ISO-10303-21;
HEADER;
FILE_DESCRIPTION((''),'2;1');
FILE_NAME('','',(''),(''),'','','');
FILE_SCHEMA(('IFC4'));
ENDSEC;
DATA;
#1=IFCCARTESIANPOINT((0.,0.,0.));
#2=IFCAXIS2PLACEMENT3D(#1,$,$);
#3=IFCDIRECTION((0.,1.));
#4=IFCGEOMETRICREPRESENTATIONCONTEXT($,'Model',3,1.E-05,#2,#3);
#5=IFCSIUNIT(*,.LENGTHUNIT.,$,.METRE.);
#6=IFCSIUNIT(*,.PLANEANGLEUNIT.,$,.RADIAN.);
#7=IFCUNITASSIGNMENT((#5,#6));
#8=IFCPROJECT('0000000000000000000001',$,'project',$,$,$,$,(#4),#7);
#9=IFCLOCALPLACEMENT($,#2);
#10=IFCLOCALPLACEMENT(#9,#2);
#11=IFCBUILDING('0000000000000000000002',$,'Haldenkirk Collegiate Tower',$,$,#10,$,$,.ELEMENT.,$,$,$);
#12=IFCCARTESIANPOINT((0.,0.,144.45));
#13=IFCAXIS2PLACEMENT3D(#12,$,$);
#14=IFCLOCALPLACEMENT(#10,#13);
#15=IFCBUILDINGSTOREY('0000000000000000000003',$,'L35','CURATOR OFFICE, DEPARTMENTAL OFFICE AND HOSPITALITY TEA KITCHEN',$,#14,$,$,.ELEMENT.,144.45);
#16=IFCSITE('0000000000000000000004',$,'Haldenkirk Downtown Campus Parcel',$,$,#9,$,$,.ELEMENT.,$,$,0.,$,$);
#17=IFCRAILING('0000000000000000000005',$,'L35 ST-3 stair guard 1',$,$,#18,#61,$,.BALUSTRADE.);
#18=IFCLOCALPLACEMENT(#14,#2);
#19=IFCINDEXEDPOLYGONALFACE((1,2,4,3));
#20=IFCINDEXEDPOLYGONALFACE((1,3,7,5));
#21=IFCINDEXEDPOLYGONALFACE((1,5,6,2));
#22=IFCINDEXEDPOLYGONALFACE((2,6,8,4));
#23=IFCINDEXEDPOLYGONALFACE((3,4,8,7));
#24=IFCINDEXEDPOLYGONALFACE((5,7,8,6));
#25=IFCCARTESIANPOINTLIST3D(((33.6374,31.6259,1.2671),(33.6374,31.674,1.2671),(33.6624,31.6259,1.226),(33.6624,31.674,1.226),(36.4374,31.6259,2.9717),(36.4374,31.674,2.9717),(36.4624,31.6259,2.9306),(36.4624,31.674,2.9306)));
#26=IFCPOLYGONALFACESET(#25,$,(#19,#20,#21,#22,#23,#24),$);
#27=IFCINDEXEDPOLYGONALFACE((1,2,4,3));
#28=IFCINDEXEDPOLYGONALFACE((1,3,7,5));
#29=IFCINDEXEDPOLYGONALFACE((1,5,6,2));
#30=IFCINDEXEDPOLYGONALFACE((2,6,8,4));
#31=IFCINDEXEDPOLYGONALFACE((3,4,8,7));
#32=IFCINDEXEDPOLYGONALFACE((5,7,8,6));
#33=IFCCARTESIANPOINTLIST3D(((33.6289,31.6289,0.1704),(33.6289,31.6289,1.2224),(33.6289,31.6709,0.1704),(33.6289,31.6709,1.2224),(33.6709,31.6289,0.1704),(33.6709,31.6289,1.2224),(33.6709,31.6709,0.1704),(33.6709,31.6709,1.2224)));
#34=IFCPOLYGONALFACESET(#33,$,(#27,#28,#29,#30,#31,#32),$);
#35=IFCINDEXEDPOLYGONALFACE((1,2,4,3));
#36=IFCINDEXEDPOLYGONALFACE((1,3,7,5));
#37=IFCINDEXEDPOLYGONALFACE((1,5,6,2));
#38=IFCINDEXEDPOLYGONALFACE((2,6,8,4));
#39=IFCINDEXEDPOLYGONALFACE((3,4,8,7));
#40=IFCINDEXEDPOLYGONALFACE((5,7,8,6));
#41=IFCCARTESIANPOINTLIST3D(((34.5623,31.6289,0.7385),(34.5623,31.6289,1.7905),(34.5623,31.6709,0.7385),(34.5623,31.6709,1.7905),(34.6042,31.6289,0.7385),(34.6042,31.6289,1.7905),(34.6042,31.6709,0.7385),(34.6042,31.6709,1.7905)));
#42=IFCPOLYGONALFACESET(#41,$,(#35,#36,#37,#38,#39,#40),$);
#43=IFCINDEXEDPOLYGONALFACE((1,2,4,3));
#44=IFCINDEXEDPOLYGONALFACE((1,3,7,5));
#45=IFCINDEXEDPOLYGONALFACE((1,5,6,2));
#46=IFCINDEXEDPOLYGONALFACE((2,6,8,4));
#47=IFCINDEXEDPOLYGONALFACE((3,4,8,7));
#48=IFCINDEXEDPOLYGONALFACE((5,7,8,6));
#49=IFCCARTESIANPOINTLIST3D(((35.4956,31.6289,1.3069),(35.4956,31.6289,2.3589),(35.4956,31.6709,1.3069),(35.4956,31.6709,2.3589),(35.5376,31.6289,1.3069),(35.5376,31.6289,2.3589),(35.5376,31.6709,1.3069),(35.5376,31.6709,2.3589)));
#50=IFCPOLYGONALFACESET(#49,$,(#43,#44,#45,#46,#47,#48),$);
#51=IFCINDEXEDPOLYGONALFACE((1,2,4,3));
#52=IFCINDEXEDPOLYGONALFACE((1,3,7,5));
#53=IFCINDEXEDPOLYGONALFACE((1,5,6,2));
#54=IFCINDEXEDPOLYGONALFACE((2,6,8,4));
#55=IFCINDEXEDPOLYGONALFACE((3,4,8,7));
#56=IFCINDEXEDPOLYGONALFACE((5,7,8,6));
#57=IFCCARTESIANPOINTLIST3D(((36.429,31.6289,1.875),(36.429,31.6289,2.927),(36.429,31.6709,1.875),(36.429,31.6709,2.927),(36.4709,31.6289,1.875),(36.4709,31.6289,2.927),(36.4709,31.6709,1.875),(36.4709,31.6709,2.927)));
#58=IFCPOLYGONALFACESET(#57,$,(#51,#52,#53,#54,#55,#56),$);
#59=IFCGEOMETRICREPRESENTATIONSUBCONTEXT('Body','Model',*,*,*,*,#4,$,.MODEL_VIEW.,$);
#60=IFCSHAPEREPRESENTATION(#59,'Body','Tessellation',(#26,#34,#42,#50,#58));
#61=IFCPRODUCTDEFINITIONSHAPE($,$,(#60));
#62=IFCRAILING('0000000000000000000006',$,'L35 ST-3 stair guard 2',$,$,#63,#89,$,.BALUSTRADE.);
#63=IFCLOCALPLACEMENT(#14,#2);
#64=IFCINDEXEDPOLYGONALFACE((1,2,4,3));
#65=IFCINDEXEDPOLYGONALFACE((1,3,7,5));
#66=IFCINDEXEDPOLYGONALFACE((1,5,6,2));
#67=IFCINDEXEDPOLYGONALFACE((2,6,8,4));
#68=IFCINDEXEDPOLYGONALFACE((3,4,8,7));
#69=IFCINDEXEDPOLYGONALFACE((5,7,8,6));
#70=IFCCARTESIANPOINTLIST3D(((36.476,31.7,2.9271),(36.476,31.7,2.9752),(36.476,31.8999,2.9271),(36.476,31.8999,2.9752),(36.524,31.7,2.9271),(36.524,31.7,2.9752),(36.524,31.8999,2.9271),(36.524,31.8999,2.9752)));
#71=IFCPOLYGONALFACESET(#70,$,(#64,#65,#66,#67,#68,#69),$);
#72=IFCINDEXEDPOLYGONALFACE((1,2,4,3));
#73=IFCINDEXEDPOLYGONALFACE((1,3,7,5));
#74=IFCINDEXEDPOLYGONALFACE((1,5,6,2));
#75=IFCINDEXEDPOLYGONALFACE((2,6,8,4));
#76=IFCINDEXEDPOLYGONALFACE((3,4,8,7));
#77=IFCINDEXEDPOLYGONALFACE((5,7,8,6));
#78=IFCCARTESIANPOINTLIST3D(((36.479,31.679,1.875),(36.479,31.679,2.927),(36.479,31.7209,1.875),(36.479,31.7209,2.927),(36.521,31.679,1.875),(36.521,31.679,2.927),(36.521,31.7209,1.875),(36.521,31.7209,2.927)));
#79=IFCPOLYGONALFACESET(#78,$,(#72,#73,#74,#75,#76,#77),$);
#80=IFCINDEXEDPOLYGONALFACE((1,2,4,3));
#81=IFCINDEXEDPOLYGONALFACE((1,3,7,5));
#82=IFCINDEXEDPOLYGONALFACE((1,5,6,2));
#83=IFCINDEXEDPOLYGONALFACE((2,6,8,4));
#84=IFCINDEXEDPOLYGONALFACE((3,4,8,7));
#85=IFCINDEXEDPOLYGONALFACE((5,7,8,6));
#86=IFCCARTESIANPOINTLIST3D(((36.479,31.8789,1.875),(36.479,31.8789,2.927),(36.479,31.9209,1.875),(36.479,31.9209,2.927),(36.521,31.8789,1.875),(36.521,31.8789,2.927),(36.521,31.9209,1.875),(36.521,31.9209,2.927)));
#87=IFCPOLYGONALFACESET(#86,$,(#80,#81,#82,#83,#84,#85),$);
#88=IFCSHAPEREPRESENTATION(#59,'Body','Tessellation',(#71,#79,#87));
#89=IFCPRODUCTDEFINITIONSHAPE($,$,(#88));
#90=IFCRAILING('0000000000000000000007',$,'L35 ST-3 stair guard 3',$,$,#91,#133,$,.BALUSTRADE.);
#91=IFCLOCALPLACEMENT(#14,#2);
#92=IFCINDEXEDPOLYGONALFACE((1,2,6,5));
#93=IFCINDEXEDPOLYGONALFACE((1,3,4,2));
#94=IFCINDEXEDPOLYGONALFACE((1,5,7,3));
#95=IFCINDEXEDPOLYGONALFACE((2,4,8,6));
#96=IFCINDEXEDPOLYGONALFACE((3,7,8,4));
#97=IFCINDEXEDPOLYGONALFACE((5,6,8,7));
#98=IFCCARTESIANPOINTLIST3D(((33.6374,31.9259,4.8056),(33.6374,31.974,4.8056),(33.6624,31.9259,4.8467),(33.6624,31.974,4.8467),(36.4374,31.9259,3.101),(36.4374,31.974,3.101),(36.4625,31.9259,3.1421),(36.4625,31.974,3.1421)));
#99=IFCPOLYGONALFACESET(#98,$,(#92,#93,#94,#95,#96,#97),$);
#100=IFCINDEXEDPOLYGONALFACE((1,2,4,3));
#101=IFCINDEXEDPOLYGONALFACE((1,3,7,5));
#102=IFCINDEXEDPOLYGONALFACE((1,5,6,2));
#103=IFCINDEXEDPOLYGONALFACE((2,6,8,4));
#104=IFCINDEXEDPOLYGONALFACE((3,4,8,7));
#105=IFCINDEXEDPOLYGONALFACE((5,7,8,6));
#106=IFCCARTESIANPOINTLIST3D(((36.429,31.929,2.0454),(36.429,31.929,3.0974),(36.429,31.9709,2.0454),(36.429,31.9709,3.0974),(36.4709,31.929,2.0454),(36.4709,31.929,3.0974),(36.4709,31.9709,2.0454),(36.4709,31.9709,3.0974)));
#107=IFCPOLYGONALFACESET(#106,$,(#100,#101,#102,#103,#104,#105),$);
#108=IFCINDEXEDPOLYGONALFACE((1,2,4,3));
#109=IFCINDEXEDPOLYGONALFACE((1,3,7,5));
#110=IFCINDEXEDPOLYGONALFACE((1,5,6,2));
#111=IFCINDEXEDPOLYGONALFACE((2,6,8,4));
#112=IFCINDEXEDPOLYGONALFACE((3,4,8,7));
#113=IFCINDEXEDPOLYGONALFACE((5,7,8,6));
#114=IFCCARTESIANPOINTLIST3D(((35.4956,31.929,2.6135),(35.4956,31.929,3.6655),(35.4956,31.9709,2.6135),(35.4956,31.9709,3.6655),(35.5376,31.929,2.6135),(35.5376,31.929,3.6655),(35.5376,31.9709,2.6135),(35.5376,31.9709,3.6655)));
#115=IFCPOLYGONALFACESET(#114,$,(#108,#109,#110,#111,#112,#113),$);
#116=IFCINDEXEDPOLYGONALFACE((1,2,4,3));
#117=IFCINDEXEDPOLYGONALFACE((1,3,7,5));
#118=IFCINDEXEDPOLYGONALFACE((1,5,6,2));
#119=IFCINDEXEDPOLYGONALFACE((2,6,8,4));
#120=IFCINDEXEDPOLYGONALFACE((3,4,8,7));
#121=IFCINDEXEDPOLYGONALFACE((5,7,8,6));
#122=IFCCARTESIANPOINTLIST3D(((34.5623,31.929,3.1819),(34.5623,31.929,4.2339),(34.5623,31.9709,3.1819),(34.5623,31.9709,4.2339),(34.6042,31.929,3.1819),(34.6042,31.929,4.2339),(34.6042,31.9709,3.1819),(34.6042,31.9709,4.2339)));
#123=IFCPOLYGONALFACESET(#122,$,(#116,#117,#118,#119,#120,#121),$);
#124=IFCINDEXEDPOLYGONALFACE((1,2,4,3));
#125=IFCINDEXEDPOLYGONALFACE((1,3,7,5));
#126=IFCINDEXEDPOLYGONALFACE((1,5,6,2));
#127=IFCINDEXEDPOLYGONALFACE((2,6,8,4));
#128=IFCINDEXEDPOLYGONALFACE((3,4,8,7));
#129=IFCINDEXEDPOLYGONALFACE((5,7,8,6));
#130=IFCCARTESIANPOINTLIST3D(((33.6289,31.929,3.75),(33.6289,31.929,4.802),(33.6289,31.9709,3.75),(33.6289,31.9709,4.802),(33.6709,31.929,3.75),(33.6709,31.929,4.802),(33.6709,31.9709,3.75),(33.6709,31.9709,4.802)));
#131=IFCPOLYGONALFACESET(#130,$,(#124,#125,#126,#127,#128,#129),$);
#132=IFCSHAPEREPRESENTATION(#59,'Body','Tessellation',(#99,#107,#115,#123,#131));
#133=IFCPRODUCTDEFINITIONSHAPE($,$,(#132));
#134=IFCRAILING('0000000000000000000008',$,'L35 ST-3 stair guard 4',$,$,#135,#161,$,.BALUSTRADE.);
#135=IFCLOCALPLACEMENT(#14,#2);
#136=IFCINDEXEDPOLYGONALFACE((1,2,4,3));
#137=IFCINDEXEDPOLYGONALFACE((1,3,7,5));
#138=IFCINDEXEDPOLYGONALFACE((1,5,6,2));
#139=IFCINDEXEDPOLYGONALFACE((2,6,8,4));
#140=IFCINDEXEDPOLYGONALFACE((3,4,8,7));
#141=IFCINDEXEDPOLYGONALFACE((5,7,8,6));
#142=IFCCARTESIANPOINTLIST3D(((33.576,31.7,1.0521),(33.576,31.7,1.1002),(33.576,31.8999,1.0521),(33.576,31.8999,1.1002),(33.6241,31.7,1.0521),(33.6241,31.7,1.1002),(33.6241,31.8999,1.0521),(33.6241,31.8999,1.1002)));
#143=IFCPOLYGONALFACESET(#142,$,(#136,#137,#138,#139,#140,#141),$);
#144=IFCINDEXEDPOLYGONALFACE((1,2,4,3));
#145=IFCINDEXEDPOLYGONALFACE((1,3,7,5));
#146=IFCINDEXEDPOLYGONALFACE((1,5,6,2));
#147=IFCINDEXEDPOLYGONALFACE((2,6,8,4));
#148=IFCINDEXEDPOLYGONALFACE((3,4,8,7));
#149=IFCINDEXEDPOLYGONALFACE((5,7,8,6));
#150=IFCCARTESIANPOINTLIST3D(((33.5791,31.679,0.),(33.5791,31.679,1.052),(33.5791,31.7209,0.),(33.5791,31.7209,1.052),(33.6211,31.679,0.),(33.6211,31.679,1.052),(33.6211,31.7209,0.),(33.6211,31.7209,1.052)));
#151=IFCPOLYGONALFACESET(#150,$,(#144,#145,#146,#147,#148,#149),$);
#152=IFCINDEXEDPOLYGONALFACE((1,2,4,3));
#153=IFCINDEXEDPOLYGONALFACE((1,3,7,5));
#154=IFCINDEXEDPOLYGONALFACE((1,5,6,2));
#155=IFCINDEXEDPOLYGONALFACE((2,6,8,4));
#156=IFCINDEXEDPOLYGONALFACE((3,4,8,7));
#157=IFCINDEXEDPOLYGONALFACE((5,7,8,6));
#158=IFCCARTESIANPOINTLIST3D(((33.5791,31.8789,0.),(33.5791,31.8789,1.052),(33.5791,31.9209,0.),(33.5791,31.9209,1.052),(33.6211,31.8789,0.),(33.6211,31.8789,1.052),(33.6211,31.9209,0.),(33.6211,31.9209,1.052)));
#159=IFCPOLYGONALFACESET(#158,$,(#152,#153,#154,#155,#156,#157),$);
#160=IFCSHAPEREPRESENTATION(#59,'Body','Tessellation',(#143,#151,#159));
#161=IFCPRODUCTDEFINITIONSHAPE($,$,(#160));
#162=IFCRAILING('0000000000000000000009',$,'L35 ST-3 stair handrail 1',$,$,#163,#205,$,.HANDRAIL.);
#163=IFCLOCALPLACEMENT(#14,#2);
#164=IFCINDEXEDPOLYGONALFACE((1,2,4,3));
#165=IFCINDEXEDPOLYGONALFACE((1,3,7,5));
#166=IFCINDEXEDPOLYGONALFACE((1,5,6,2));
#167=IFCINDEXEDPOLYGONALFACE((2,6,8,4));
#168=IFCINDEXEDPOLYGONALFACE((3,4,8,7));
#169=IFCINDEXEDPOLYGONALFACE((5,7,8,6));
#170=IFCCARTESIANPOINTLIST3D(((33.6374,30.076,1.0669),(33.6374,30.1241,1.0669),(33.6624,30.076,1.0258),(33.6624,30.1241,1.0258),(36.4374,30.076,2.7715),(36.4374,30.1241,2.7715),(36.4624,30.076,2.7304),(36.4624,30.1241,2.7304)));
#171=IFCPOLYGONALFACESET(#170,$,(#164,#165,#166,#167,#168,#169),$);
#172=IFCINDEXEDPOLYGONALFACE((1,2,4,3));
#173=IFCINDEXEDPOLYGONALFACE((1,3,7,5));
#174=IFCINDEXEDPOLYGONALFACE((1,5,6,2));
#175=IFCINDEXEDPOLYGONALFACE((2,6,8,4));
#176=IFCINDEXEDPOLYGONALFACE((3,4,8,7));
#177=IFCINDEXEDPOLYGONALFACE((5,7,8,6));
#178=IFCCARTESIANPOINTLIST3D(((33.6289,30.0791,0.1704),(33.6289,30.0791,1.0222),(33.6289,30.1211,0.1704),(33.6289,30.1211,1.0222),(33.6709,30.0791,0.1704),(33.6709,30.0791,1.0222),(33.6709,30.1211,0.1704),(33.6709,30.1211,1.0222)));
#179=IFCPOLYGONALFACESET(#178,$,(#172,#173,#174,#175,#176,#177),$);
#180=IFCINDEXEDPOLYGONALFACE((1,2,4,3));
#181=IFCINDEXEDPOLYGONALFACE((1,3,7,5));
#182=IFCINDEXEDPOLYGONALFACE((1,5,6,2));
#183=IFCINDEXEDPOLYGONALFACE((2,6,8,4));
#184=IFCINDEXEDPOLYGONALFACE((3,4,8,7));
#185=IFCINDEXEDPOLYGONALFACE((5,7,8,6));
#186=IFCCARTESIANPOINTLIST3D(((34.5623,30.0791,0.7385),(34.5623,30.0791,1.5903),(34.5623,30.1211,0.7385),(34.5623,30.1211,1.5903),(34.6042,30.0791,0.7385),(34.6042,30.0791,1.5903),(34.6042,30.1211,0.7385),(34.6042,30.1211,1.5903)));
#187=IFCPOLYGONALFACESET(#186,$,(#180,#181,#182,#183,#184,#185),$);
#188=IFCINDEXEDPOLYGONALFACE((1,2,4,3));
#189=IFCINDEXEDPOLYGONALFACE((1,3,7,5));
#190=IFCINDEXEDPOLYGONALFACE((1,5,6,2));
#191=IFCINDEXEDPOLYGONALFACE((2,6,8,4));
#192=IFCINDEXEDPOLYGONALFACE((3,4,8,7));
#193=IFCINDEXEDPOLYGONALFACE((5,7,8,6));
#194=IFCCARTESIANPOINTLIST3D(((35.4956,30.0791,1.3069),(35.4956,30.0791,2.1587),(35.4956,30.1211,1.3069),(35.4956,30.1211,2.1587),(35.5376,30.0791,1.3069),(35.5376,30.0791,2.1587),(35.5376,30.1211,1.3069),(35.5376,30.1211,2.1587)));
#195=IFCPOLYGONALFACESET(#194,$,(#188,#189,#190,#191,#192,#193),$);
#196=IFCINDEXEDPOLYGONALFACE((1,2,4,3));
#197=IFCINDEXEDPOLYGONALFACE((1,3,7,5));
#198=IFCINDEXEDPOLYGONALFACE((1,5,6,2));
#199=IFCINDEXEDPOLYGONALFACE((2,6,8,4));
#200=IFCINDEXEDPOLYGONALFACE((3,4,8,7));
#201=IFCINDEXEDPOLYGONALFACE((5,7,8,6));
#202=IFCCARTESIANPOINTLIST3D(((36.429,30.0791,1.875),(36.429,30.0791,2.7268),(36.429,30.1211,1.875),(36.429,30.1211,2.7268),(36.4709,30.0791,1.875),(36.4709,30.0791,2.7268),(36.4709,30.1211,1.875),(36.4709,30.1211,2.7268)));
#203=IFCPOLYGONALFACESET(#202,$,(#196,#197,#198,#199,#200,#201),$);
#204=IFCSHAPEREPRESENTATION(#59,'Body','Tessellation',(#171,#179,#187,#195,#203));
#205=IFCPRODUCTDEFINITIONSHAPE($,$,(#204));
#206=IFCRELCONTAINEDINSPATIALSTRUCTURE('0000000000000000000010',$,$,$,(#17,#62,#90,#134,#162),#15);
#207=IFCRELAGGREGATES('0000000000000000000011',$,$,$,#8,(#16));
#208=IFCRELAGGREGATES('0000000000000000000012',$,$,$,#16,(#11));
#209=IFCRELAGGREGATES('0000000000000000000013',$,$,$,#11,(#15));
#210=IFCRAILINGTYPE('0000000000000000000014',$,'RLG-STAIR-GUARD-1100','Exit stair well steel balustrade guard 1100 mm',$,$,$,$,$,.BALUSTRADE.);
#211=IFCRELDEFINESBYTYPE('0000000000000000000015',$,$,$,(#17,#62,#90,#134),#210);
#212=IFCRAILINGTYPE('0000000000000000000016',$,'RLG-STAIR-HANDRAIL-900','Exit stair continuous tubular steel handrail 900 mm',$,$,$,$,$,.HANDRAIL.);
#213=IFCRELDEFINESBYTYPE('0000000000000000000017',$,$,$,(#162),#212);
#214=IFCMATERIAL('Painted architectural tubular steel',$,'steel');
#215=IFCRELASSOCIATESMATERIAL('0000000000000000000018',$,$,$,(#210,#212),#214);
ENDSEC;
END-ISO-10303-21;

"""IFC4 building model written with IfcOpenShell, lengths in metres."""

from ifc_helpers import new_model, si_unit, direction, frame, origin, origin_2d, place, context, subcontext, project, spatial, rectangle, extrude, material, type_object, element, save


model = new_model("IFC4")

# Units and contexts
model_context = context("Model", 3, precision=1e-05, world=origin(), true_north=direction((0.0, 1.0)))
body_context = subcontext(model_context, "Body", "Model", "MODEL_VIEW")
ifc_project = project(units=[si_unit("LENGTHUNIT", "METRE"), si_unit("PLANEANGLEUNIT", "RADIAN")], contexts=[model_context])

# Site, building, storey
site_placement = place(None, origin())
site = spatial("IfcSite", under=ifc_project, at=site_placement, Name="Haldenkirk Downtown Campus Parcel", CompositionType="ELEMENT", RefElevation=0.0)
building_placement = place(site_placement, origin())
building = spatial("IfcBuilding", under=site, at=building_placement, Name="Haldenkirk Collegiate Tower", CompositionType="ELEMENT")
storey_placement = place(building_placement, frame((0.0, 0.0, 144.45)))
storey = spatial("IfcBuildingStorey", under=building, at=storey_placement, Name="L35", Description="CURATOR OFFICE, DEPARTMENTAL OFFICE AND HOSPITALITY TEA KITCHEN", CompositionType="ELEMENT", Elevation=144.45)

# Railings
ifc_material_1 = material(Name="Painted architectural tubular steel", Category="steel")
railing_type_1 = type_object("IfcRailingType", Name="RLG-STAIR-GUARD-1100", Description="Exit stair well steel balustrade guard 1100 mm", PredefinedType="BALUSTRADE", material=ifc_material_1)
railing_1_placement = place(storey_placement, frame((33.6499, 31.6499, 0.1704)))
element("IfcRailing", 1, at=railing_1_placement, inside=storey, type_object=railing_type_1, Name="L35 ST-3 stair guard 1", PredefinedType="BALUSTRADE", context=body_context, shape_type="SweptSolid", body=[
    extrude(rectangle(XDim=0.0481, YDim=0.0481, at=origin_2d()), frame((0.0, 0.0, 1.0762), z_axis=(0.85417, 0.0, 0.519994), x_axis=(0.0, 1.0, 0.0)), (0.0, 0.0, 1.0), 3.2781),
    extrude(rectangle(XDim=0.042, YDim=0.042, at=origin_2d()), origin(), (0.0, 0.0, 1.0), 1.052),
    extrude(rectangle(XDim=0.042, YDim=0.042, at=origin_2d()), frame((0.9333, 0.0, 0.5681)), (0.0, 0.0, 1.0), 1.052),
    extrude(rectangle(XDim=0.042, YDim=0.042, at=origin_2d()), frame((1.8667, 0.0, 1.1365)), (0.0, 0.0, 1.0), 1.052),
    extrude(rectangle(XDim=0.042, YDim=0.042, at=origin_2d()), frame((2.8, 0.0, 1.7046)), (0.0, 0.0, 1.0), 1.052),
])
railing_2_placement = place(storey_placement, frame((36.5, 31.7, 1.875)))
element("IfcRailing", 2, at=railing_2_placement, inside=storey, type_object=railing_type_1, Name="L35 ST-3 stair guard 2", PredefinedType="BALUSTRADE", context=body_context, shape_type="SweptSolid", body=[
    extrude(rectangle(XDim=0.0481, YDim=0.0481, at=origin_2d()), frame((0.0, 0.0, 1.0762), z_axis=(0.0, 1.0, 0.0), x_axis=(-1.0, 0.0, 0.0)), (0.0, 0.0, 1.0), 0.2),
    extrude(rectangle(XDim=0.042, YDim=0.042, at=origin_2d()), origin(), (0.0, 0.0, 1.0), 1.052),
    extrude(rectangle(XDim=0.042, YDim=0.042, at=origin_2d()), frame((0.0, 0.2, 0.0)), (0.0, 0.0, 1.0), 1.052),
])
railing_3_placement = place(storey_placement, frame((36.45, 31.95, 2.0454)))
element("IfcRailing", 3, at=railing_3_placement, inside=storey, type_object=railing_type_1, Name="L35 ST-3 stair guard 3", PredefinedType="BALUSTRADE", context=body_context, shape_type="SweptSolid", body=[
    extrude(rectangle(XDim=0.0481, YDim=0.0481, at=origin_2d()), frame((0.0, 0.0, 1.0762), z_axis=(-0.85417, 0.0, 0.519994), x_axis=(0.0, -1.0, 0.0)), (0.0, 0.0, 1.0), 3.2781),
    extrude(rectangle(XDim=0.042, YDim=0.042, at=origin_2d()), origin(), (0.0, 0.0, 1.0), 1.052),
    extrude(rectangle(XDim=0.042, YDim=0.042, at=origin_2d()), frame((-0.9333, 0.0, 0.5681)), (0.0, 0.0, 1.0), 1.052),
    extrude(rectangle(XDim=0.042, YDim=0.042, at=origin_2d()), frame((-1.8667, 0.0, 1.1365)), (0.0, 0.0, 1.0), 1.052),
    extrude(rectangle(XDim=0.042, YDim=0.042, at=origin_2d()), frame((-2.8, 0.0, 1.7046)), (0.0, 0.0, 1.0), 1.052),
])
railing_4_placement = place(storey_placement, frame((33.6001, 31.7, 0.0)))
element("IfcRailing", 4, at=railing_4_placement, inside=storey, type_object=railing_type_1, Name="L35 ST-3 stair guard 4", PredefinedType="BALUSTRADE", context=body_context, shape_type="SweptSolid", body=[
    extrude(rectangle(XDim=0.0481, YDim=0.0481, at=origin_2d()), frame((0.0, 0.0, 1.0762), z_axis=(0.0, 1.0, 0.0), x_axis=(-1.0, 0.0, 0.0)), (0.0, 0.0, 1.0), 0.2),
    extrude(rectangle(XDim=0.042, YDim=0.042, at=origin_2d()), origin(), (0.0, 0.0, 1.0), 1.052),
    extrude(rectangle(XDim=0.042, YDim=0.042, at=origin_2d()), frame((0.0, 0.2, 0.0)), (0.0, 0.0, 1.0), 1.052),
])
railing_type_2 = type_object("IfcRailingType", Name="RLG-STAIR-HANDRAIL-900", Description="Exit stair continuous tubular steel handrail 900 mm", PredefinedType="HANDRAIL", material=ifc_material_1)
railing_5_placement = place(storey_placement, frame((33.6499, 30.1001, 0.1704)))
element("IfcRailing", 5, at=railing_5_placement, inside=storey, type_object=railing_type_2, Name="L35 ST-3 stair handrail 1", PredefinedType="HANDRAIL", context=body_context, shape_type="SweptSolid", body=[
    extrude(rectangle(XDim=0.0481, YDim=0.0481, at=origin_2d()), frame((0.0, 0.0, 0.876), z_axis=(0.85417, 0.0, 0.519994), x_axis=(0.0, 1.0, 0.0)), (0.0, 0.0, 1.0), 3.2781),
    extrude(rectangle(XDim=0.042, YDim=0.042, at=origin_2d()), origin(), (0.0, 0.0, 1.0), 0.8518),
    extrude(rectangle(XDim=0.042, YDim=0.042, at=origin_2d()), frame((0.9333, 0.0, 0.5681)), (0.0, 0.0, 1.0), 0.8518),
    extrude(rectangle(XDim=0.042, YDim=0.042, at=origin_2d()), frame((1.8667, 0.0, 1.1365)), (0.0, 0.0, 1.0), 0.8518),
    extrude(rectangle(XDim=0.042, YDim=0.042, at=origin_2d()), frame((2.8, 0.0, 1.7046)), (0.0, 0.0, 1.0), 0.8518),
])

save(model, "model.ifc")
